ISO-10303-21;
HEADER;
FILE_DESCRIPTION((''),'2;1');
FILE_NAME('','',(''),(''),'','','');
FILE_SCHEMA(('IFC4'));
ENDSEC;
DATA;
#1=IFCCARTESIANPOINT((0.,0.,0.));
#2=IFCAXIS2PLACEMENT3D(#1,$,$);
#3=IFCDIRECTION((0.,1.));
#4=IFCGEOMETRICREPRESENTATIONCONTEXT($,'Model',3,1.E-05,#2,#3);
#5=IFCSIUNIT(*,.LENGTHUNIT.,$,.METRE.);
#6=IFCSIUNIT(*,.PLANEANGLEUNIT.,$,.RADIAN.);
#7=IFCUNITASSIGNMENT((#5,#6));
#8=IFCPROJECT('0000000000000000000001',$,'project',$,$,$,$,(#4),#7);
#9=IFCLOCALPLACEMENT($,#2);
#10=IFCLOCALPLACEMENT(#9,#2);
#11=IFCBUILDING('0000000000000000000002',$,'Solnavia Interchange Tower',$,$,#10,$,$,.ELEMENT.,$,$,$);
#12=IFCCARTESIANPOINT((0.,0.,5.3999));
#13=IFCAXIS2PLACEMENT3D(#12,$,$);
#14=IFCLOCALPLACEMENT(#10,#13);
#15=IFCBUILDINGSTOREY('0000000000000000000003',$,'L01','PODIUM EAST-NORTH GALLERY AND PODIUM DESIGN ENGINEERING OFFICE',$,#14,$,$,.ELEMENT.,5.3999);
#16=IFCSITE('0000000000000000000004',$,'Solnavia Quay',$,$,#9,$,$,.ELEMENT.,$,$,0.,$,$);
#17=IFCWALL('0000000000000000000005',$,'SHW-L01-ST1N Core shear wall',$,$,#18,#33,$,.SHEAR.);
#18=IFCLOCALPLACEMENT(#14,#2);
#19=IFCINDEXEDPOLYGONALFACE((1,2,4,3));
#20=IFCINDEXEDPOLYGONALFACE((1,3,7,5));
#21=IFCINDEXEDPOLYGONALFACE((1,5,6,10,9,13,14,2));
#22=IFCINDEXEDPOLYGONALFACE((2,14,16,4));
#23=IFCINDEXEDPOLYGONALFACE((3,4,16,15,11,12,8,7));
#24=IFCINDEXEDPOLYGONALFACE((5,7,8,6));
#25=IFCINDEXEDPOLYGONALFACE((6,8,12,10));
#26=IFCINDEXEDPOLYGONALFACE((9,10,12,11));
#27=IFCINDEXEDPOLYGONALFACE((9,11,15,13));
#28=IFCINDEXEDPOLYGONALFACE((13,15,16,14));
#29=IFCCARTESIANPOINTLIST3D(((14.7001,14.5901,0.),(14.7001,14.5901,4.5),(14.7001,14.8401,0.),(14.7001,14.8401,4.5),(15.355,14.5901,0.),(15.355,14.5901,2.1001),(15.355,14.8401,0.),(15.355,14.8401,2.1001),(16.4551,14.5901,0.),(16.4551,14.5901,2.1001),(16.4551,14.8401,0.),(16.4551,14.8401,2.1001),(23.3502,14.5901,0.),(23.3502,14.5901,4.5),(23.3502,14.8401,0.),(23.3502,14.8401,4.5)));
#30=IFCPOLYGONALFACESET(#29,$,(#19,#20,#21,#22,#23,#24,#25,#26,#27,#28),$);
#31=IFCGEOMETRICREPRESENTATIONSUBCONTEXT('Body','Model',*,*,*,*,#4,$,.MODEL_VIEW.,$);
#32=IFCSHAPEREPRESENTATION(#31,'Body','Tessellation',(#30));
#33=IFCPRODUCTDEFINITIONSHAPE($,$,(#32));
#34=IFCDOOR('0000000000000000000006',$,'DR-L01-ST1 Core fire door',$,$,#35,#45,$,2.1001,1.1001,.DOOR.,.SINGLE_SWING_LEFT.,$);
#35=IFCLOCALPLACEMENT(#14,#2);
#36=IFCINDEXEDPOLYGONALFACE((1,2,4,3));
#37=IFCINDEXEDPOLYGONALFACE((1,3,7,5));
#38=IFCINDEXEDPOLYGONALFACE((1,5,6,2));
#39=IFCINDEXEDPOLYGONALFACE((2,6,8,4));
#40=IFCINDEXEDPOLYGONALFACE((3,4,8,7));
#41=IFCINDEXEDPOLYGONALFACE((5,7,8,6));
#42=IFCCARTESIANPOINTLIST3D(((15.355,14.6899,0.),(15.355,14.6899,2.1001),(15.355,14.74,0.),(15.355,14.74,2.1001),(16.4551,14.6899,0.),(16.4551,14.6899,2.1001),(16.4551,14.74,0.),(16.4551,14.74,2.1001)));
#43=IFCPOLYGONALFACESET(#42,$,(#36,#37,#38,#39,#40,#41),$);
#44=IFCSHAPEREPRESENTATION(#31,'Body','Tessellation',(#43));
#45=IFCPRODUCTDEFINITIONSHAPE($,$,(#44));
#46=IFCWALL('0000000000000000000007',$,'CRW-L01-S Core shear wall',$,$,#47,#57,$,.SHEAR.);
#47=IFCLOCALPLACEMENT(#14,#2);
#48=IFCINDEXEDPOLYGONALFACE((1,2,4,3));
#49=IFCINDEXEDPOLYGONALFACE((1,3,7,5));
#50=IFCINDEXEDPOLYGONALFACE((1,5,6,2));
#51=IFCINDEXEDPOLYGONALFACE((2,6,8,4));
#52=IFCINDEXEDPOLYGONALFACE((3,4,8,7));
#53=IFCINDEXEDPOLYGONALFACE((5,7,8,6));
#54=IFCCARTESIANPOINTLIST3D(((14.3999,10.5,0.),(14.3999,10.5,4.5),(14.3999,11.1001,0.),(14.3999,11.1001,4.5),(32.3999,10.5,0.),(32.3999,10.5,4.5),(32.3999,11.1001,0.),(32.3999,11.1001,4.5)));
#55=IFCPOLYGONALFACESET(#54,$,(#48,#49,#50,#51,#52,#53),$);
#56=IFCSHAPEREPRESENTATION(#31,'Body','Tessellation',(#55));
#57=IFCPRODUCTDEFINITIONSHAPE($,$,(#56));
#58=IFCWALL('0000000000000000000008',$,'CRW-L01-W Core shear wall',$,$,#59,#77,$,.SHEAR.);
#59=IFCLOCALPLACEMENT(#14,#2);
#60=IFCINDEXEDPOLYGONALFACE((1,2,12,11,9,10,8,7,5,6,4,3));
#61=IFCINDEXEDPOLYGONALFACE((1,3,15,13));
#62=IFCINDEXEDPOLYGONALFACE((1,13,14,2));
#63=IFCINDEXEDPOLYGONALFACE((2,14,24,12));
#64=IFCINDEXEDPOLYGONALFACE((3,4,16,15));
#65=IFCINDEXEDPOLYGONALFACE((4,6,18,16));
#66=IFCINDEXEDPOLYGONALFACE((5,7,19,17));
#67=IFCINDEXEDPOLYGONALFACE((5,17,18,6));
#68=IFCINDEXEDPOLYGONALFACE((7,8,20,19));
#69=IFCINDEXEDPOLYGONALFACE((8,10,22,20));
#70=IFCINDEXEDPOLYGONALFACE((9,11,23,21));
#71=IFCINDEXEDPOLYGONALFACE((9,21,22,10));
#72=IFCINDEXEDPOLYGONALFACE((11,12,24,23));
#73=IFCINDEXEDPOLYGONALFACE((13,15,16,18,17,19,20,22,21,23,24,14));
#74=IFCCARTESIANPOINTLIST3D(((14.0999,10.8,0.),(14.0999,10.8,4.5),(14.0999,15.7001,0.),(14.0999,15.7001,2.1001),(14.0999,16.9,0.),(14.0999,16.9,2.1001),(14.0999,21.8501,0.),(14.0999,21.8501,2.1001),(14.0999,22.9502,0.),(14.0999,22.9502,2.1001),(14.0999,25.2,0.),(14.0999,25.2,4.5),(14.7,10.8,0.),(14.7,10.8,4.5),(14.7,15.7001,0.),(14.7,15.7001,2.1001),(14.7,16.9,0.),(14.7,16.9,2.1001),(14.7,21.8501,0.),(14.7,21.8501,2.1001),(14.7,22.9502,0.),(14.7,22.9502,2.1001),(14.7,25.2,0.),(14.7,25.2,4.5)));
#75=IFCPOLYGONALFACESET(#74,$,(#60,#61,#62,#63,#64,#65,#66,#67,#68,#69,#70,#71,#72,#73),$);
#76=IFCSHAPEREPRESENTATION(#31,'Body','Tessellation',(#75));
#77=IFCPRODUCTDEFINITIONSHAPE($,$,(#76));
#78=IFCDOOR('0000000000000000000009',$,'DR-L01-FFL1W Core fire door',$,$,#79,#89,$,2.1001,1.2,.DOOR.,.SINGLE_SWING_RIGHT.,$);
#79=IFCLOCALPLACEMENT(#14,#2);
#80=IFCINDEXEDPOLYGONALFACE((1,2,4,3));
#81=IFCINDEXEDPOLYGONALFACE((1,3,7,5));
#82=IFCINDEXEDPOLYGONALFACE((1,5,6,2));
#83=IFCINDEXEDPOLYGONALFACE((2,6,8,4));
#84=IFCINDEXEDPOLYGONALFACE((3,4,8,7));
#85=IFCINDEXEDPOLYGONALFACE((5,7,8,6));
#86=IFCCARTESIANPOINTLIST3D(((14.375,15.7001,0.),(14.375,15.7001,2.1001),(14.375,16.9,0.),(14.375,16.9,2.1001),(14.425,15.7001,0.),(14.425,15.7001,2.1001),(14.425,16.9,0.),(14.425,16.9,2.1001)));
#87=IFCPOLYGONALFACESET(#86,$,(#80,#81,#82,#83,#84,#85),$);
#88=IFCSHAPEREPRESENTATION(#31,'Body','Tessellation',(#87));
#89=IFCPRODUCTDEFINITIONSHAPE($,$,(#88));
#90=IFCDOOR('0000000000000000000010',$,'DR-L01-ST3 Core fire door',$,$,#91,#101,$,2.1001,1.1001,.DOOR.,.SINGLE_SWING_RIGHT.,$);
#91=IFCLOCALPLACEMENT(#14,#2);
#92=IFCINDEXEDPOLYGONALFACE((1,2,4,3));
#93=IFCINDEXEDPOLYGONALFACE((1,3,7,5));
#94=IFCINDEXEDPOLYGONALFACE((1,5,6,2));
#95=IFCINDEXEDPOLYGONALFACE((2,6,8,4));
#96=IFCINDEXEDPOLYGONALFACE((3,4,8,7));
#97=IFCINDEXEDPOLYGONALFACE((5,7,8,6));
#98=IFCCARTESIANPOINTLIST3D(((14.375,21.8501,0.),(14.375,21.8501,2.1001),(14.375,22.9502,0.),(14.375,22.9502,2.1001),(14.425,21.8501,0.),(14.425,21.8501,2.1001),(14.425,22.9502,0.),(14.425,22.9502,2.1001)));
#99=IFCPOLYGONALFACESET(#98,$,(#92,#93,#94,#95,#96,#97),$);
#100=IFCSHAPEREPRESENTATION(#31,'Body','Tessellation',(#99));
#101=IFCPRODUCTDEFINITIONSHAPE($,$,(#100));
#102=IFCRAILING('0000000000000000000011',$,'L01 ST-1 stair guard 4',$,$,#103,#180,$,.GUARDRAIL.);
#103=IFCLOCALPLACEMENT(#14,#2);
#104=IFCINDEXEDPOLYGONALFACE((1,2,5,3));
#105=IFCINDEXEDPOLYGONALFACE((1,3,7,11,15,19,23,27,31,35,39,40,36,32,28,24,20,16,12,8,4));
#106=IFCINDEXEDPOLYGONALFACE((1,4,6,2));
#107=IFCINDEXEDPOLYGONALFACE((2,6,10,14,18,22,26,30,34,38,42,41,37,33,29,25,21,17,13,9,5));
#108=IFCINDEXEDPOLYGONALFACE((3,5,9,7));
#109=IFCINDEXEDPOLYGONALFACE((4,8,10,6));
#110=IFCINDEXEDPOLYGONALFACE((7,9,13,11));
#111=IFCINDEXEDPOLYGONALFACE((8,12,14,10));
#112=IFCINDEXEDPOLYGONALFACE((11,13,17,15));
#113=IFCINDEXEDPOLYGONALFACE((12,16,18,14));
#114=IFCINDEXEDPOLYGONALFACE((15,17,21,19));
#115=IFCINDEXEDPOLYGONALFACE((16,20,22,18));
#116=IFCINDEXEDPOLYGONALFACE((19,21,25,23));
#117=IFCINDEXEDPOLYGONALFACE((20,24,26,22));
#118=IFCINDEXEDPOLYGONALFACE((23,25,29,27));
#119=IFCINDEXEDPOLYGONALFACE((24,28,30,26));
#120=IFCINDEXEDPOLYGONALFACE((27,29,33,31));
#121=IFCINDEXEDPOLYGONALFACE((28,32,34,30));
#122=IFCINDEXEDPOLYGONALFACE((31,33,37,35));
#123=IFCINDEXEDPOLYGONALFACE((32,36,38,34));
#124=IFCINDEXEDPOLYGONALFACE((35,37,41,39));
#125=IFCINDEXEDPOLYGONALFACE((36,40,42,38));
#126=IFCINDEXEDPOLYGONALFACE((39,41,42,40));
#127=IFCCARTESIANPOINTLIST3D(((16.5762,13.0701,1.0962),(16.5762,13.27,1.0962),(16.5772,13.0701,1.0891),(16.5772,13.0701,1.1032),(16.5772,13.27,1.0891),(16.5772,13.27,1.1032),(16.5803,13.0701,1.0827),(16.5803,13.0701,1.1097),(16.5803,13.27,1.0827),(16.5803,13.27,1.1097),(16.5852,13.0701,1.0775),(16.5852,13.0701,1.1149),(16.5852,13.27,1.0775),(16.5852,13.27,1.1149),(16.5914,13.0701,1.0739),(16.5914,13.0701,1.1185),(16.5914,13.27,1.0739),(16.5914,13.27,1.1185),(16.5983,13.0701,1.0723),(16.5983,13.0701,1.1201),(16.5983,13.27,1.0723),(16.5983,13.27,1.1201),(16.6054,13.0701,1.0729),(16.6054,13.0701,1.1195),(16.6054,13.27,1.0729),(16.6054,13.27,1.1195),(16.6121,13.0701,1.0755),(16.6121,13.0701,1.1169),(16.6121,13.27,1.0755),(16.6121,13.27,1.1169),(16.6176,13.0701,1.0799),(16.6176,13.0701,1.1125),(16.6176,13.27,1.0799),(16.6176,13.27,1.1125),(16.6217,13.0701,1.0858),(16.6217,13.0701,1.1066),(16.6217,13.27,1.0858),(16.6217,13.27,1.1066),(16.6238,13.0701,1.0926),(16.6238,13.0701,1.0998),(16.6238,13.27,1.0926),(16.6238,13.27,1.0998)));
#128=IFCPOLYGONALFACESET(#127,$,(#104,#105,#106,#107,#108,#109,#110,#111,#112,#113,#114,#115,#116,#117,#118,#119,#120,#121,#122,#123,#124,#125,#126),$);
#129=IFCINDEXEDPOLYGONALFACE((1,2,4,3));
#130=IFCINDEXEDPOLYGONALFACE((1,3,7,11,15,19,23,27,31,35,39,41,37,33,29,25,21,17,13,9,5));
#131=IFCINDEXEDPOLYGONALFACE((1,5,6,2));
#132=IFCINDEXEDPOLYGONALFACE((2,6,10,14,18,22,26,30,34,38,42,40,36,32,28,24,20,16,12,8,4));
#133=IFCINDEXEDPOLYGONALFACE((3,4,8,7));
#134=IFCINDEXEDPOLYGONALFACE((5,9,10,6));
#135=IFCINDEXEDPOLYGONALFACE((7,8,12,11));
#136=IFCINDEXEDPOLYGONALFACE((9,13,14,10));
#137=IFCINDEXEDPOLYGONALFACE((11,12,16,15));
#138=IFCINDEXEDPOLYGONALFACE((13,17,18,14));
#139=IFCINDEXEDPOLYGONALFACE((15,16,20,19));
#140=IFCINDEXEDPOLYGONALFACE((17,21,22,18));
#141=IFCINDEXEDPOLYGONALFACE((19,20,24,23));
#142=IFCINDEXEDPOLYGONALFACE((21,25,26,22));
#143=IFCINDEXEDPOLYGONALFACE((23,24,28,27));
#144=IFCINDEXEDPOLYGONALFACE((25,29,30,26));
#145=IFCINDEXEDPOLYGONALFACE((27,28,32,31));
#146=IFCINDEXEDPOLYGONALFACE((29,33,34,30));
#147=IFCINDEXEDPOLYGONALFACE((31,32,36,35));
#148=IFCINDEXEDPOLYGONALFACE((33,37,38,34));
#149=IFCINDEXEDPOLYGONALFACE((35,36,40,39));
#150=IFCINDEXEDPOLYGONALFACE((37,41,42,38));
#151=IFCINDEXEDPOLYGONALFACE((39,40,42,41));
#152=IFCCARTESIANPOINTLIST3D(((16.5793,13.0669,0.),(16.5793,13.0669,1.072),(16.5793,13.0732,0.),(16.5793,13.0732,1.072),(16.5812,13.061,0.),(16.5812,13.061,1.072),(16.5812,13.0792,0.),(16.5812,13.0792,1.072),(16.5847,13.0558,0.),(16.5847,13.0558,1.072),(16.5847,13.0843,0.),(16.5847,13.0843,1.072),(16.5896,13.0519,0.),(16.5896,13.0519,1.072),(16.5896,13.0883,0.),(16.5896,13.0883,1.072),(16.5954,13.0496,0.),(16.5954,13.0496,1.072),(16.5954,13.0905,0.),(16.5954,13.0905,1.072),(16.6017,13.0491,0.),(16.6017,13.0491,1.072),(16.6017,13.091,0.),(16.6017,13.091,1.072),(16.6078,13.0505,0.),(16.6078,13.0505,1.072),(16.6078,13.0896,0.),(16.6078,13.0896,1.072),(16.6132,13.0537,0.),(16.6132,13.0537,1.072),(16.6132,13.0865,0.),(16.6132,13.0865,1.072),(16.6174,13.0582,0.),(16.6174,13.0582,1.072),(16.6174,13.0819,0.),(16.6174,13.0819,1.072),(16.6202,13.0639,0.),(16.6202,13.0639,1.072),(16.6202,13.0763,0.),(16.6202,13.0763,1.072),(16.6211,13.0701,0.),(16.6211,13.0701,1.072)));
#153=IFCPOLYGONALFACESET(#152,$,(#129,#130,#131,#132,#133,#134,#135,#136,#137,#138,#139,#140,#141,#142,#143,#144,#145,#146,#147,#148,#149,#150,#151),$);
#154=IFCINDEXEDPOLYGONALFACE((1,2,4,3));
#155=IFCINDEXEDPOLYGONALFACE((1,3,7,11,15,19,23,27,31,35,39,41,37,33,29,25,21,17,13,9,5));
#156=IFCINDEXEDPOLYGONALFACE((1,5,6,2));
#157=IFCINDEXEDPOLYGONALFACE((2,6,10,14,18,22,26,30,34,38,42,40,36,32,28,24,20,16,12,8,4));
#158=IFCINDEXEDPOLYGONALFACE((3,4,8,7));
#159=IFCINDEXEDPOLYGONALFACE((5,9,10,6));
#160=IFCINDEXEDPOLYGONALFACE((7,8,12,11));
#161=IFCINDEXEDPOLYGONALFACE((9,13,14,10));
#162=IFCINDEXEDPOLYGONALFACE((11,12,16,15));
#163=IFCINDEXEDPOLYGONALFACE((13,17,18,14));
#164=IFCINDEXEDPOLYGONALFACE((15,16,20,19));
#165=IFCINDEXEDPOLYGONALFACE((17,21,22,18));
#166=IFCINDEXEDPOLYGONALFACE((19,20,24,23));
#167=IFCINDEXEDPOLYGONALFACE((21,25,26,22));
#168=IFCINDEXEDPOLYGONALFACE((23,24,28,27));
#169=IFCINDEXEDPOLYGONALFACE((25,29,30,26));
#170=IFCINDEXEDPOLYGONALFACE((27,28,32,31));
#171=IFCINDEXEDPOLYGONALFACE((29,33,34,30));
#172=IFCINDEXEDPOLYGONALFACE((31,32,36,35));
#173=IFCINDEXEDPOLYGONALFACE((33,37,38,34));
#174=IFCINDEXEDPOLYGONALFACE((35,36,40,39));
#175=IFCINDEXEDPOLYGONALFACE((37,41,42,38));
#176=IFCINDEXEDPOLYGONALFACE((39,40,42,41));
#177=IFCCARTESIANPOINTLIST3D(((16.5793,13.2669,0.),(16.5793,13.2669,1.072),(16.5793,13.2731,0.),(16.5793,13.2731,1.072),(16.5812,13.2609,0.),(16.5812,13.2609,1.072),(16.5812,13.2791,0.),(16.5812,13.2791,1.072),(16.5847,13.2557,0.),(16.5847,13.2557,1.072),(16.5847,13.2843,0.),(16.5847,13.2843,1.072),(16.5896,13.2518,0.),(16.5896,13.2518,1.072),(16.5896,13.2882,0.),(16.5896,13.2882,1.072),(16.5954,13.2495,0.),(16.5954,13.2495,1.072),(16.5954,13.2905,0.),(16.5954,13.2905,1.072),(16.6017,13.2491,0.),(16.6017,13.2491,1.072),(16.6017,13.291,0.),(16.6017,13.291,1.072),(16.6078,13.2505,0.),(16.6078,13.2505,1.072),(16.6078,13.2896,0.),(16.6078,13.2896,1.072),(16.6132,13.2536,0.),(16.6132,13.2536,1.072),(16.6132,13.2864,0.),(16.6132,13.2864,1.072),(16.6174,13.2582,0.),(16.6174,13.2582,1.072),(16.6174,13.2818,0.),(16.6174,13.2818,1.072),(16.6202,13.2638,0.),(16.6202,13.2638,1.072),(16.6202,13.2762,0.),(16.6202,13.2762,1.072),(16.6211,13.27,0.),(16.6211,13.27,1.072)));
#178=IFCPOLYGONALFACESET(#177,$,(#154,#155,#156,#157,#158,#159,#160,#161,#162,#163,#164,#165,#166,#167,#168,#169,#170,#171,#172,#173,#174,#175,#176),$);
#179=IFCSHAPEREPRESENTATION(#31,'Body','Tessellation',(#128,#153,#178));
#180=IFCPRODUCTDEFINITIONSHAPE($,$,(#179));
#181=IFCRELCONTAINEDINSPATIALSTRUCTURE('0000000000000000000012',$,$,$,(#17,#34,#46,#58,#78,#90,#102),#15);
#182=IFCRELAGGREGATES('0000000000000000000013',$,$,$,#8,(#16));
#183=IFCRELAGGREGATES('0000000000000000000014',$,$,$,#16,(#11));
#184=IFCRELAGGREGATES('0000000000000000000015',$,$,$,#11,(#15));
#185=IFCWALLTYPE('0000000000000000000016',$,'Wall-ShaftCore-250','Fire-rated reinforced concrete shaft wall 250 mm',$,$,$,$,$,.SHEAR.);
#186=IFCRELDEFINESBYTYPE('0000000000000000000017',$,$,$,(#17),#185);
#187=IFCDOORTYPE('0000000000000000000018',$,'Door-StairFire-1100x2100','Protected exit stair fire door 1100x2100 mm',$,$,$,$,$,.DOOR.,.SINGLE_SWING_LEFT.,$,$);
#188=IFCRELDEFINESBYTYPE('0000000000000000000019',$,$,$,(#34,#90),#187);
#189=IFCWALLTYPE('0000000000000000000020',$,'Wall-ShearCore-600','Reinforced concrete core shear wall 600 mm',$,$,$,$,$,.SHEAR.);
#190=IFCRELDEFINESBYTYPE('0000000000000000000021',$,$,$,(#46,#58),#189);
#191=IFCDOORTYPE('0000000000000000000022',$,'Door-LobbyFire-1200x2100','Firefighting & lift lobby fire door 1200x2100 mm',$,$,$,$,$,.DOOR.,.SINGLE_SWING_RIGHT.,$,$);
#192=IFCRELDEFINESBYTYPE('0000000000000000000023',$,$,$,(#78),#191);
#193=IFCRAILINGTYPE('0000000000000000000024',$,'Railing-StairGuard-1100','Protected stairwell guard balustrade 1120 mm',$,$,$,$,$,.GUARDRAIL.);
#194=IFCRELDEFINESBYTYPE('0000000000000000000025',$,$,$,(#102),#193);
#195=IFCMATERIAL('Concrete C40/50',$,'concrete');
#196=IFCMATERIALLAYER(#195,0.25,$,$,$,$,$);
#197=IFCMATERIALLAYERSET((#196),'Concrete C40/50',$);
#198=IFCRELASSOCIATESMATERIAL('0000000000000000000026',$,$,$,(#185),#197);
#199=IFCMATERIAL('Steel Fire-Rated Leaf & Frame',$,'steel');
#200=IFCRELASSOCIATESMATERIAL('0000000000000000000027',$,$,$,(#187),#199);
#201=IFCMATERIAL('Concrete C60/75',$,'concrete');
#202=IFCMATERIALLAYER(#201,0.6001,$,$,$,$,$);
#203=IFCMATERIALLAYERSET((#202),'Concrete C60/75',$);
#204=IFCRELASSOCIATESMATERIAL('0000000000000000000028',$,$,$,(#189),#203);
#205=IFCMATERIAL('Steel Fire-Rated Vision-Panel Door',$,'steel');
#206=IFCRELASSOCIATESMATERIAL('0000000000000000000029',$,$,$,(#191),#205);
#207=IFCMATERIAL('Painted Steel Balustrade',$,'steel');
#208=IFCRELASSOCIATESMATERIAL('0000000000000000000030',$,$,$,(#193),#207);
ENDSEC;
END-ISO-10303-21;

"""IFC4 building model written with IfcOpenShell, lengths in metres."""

from ifc_helpers import new_model, si_unit, direction, frame, frame_2d, origin, origin_2d, place, context, subcontext, project, spatial, rectangle, circle, extrude, material, layer, layer_set, type_object, element, fill, save


model = new_model("IFC4")

# Units and contexts
model_context = context("Model", 3, precision=1e-05, world=origin(), true_north=direction((0.0, 1.0)))
body_context = subcontext(model_context, "Body", "Model", "MODEL_VIEW")
ifc_project = project(units=[si_unit("LENGTHUNIT", "METRE"), si_unit("PLANEANGLEUNIT", "RADIAN")], contexts=[model_context])

# Site, building, storey
site_placement = place(None, origin())
site = spatial("IfcSite", under=ifc_project, at=site_placement, Name="Solnavia Quay", CompositionType="ELEMENT", RefElevation=0.0)
building_placement = place(site_placement, origin())
building = spatial("IfcBuilding", under=site, at=building_placement, Name="Solnavia Interchange Tower", CompositionType="ELEMENT")
storey_placement = place(building_placement, frame((0.0, 0.0, 5.3999)))
storey = spatial("IfcBuildingStorey", under=building, at=storey_placement, Name="L01", Description="PODIUM EAST-NORTH GALLERY AND PODIUM DESIGN ENGINEERING OFFICE", CompositionType="ELEMENT", Elevation=5.3999)

# Shared definitions
ifc_material_1 = material(Name="Concrete C60/75", Category="concrete")

# Shared definitions
ifc_material_2 = material(Name="Concrete C40/50", Category="concrete")
ifc_layer_1 = layer(ifc_material_2, 0.25)
ifc_layer_set_1 = layer_set([ifc_layer_1], Name="Concrete C40/50")
wall_type_1 = type_object("IfcWallType", Name="Wall-ShaftCore-250", Description="Fire-rated reinforced concrete shaft wall 250 mm", PredefinedType="SHEAR", material=ifc_layer_set_1)

# Wall, opening, door
wall_1_placement = place(storey_placement, frame((14.7, 14.7151, 0.0), z_axis=(0.0, 0.0, 1.0), x_axis=(1.0, 0.0, 0.0)))
wall_1 = element("IfcWall", 1, at=wall_1_placement, inside=storey, type_object=wall_type_1, Name="SHW-L01-ST1N Core shear wall", PredefinedType="SHEAR", context=body_context, shape_type="SweptSolid", body=[
    extrude(rectangle(XDim=8.6501, YDim=0.25, at=frame_2d((4.3252, 0.0))), origin(), (0.0, 0.0, 1.0), 4.5),
])
opening_1_placement = place(wall_1_placement, frame((0.655, 0.0, 0.0)))
opening_1 = element("IfcOpeningElement", 2, at=opening_1_placement, cuts=wall_1, PredefinedType="OPENING", context=body_context, shape_type="SweptSolid", body=[
    extrude(rectangle(XDim=1.1001, YDim=2.1001, at=frame_2d((0.55, 1.05))), frame((0.0, 0.135, 0.0), z_axis=(0.0, -1.0, 0.0), x_axis=(1.0, 0.0, 0.0)), (0.0, 0.0, 1.0), 0.27),
])
ifc_material_3 = material(Name="Steel Fire-Rated Leaf & Frame", Category="steel")
door_type_1 = type_object("IfcDoorType", Name="Door-StairFire-1100x2100", Description="Protected exit stair fire door 1100x2100 mm", OperationType="SINGLE_SWING_LEFT", PredefinedType="DOOR", material=ifc_material_3)
door_1_placement = place(opening_1_placement, origin())
door_1 = element("IfcDoor", 3, at=door_1_placement, inside=storey, type_object=door_type_1, Name="DR-L01-ST1 Core fire door", OperationType="SINGLE_SWING_LEFT", OverallHeight=2.1001, OverallWidth=1.1001, PredefinedType="DOOR", context=body_context, shape_type="SweptSolid", body=[
    extrude(rectangle(XDim=1.1001, YDim=2.1001, at=frame_2d((0.55, 1.05))), frame((0.0, 0.0249, 0.0), z_axis=(0.0, -1.0, 0.0), x_axis=(1.0, 0.0, 0.0)), (0.0, 0.0, 1.0), 0.05),
])
fill(opening_1, door_1)

# Wall
ifc_layer_2 = layer(ifc_material_1, 0.6001)
ifc_layer_set_2 = layer_set([ifc_layer_2], Name="Concrete C60/75")
wall_type_2 = type_object("IfcWallType", Name="Wall-ShearCore-600", Description="Reinforced concrete core shear wall 600 mm", PredefinedType="SHEAR", material=ifc_layer_set_2)
wall_2_placement = place(storey_placement, frame((14.3999, 10.8, 0.0), z_axis=(0.0, 0.0, 1.0), x_axis=(1.0, 0.0, 0.0)))
element("IfcWall", 4, at=wall_2_placement, inside=storey, type_object=wall_type_2, Name="CRW-L01-S Core shear wall", PredefinedType="SHEAR", context=body_context, shape_type="SweptSolid", body=[
    extrude(rectangle(XDim=18.0, YDim=0.6001, at=frame_2d((9.0, 0.0))), origin(), (0.0, 0.0, 1.0), 4.5),
])

# Wall, openings, doors
wall_3_placement = place(storey_placement, frame((14.3999, 10.8, 0.0), z_axis=(0.0, 0.0, 1.0), x_axis=(0.0, 1.0, 0.0)))
wall_3 = element("IfcWall", 5, at=wall_3_placement, inside=storey, type_object=wall_type_2, Name="CRW-L01-W Core shear wall", PredefinedType="SHEAR", context=body_context, shape_type="SweptSolid", body=[
    extrude(rectangle(XDim=14.3999, YDim=0.6001, at=frame_2d((7.2, 0.0))), origin(), (0.0, 0.0, 1.0), 4.5),
])
opening_2_placement = place(wall_3_placement, frame((11.05, 0.0, 0.0)))
opening_2 = element("IfcOpeningElement", 6, at=opening_2_placement, cuts=wall_3, PredefinedType="OPENING", context=body_context, shape_type="SweptSolid", body=[
    extrude(rectangle(XDim=1.1001, YDim=2.1001, at=frame_2d((0.55, 1.05))), frame((0.0, 0.3101, 0.0), z_axis=(0.0, -1.0, 0.0), x_axis=(1.0, 0.0, 0.0)), (0.0, 0.0, 1.0), 0.6201),
])
opening_3_placement = place(wall_3_placement, frame((4.8999, 0.0, 0.0)))
opening_3 = element("IfcOpeningElement", 7, at=opening_3_placement, cuts=wall_3, PredefinedType="OPENING", context=body_context, shape_type="SweptSolid", body=[
    extrude(rectangle(XDim=1.2, YDim=2.1001, at=frame_2d((0.6001, 1.05))), frame((0.0, 0.3101, 0.0), z_axis=(0.0, -1.0, 0.0), x_axis=(1.0, 0.0, 0.0)), (0.0, 0.0, 1.0), 0.6201),
])
ifc_material_4 = material(Name="Steel Fire-Rated Vision-Panel Door", Category="steel")
door_type_2 = type_object("IfcDoorType", Name="Door-LobbyFire-1200x2100", Description="Firefighting & lift lobby fire door 1200x2100 mm", OperationType="SINGLE_SWING_RIGHT", PredefinedType="DOOR", material=ifc_material_4)
door_2_placement = place(opening_3_placement, origin())
door_2 = element("IfcDoor", 8, at=door_2_placement, inside=storey, type_object=door_type_2, Name="DR-L01-FFL1W Core fire door", OperationType="SINGLE_SWING_RIGHT", OverallHeight=2.1001, OverallWidth=1.2, PredefinedType="DOOR", context=body_context, shape_type="SweptSolid", body=[
    extrude(rectangle(XDim=1.2, YDim=2.1001, at=frame_2d((0.6001, 1.05))), frame((0.0, 0.0249, 0.0), z_axis=(0.0, -1.0, 0.0), x_axis=(1.0, 0.0, 0.0)), (0.0, 0.0, 1.0), 0.05),
])
fill(opening_3, door_2)
door_3_placement = place(opening_2_placement, origin())
door_3 = element("IfcDoor", 9, at=door_3_placement, inside=storey, type_object=door_type_1, Name="DR-L01-ST3 Core fire door", OperationType="SINGLE_SWING_RIGHT", OverallHeight=2.1001, OverallWidth=1.1001, PredefinedType="DOOR", context=body_context, shape_type="SweptSolid", body=[
    extrude(rectangle(XDim=1.1001, YDim=2.1001, at=frame_2d((0.55, 1.05))), frame((0.0, 0.0249, 0.0), z_axis=(0.0, -1.0, 0.0), x_axis=(1.0, 0.0, 0.0)), (0.0, 0.0, 1.0), 0.05),
])
fill(opening_2, door_3)

# Railing
ifc_material_5 = material(Name="Painted Steel Balustrade", Category="steel")
railing_type = type_object("IfcRailingType", Name="Railing-StairGuard-1100", Description="Protected stairwell guard balustrade 1120 mm", PredefinedType="GUARDRAIL", material=ifc_material_5)
railing_placement = place(storey_placement, frame((16.6001, 13.0701, 0.0)))
element("IfcRailing", 10, at=railing_placement, inside=storey, type_object=railing_type, Name="L01 ST-1 stair guard 4", PredefinedType="GUARDRAIL", context=body_context, shape_type="SweptSolid", body=[
    extrude(circle(Radius=0.0239, at=origin_2d()), frame((0.0, 0.0, 1.0962), z_axis=(0.0, 1.0, 0.0), x_axis=(-1.0, 0.0, 0.0)), (0.0, 0.0, 1.0), 0.2),
    extrude(circle(Radius=0.021, at=origin_2d()), origin(), (0.0, 0.0, 1.0), 1.072),
    extrude(circle(Radius=0.021, at=origin_2d()), frame((0.0, 0.2, 0.0)), (0.0, 0.0, 1.0), 1.072),
])

save(model, "model.ifc")
